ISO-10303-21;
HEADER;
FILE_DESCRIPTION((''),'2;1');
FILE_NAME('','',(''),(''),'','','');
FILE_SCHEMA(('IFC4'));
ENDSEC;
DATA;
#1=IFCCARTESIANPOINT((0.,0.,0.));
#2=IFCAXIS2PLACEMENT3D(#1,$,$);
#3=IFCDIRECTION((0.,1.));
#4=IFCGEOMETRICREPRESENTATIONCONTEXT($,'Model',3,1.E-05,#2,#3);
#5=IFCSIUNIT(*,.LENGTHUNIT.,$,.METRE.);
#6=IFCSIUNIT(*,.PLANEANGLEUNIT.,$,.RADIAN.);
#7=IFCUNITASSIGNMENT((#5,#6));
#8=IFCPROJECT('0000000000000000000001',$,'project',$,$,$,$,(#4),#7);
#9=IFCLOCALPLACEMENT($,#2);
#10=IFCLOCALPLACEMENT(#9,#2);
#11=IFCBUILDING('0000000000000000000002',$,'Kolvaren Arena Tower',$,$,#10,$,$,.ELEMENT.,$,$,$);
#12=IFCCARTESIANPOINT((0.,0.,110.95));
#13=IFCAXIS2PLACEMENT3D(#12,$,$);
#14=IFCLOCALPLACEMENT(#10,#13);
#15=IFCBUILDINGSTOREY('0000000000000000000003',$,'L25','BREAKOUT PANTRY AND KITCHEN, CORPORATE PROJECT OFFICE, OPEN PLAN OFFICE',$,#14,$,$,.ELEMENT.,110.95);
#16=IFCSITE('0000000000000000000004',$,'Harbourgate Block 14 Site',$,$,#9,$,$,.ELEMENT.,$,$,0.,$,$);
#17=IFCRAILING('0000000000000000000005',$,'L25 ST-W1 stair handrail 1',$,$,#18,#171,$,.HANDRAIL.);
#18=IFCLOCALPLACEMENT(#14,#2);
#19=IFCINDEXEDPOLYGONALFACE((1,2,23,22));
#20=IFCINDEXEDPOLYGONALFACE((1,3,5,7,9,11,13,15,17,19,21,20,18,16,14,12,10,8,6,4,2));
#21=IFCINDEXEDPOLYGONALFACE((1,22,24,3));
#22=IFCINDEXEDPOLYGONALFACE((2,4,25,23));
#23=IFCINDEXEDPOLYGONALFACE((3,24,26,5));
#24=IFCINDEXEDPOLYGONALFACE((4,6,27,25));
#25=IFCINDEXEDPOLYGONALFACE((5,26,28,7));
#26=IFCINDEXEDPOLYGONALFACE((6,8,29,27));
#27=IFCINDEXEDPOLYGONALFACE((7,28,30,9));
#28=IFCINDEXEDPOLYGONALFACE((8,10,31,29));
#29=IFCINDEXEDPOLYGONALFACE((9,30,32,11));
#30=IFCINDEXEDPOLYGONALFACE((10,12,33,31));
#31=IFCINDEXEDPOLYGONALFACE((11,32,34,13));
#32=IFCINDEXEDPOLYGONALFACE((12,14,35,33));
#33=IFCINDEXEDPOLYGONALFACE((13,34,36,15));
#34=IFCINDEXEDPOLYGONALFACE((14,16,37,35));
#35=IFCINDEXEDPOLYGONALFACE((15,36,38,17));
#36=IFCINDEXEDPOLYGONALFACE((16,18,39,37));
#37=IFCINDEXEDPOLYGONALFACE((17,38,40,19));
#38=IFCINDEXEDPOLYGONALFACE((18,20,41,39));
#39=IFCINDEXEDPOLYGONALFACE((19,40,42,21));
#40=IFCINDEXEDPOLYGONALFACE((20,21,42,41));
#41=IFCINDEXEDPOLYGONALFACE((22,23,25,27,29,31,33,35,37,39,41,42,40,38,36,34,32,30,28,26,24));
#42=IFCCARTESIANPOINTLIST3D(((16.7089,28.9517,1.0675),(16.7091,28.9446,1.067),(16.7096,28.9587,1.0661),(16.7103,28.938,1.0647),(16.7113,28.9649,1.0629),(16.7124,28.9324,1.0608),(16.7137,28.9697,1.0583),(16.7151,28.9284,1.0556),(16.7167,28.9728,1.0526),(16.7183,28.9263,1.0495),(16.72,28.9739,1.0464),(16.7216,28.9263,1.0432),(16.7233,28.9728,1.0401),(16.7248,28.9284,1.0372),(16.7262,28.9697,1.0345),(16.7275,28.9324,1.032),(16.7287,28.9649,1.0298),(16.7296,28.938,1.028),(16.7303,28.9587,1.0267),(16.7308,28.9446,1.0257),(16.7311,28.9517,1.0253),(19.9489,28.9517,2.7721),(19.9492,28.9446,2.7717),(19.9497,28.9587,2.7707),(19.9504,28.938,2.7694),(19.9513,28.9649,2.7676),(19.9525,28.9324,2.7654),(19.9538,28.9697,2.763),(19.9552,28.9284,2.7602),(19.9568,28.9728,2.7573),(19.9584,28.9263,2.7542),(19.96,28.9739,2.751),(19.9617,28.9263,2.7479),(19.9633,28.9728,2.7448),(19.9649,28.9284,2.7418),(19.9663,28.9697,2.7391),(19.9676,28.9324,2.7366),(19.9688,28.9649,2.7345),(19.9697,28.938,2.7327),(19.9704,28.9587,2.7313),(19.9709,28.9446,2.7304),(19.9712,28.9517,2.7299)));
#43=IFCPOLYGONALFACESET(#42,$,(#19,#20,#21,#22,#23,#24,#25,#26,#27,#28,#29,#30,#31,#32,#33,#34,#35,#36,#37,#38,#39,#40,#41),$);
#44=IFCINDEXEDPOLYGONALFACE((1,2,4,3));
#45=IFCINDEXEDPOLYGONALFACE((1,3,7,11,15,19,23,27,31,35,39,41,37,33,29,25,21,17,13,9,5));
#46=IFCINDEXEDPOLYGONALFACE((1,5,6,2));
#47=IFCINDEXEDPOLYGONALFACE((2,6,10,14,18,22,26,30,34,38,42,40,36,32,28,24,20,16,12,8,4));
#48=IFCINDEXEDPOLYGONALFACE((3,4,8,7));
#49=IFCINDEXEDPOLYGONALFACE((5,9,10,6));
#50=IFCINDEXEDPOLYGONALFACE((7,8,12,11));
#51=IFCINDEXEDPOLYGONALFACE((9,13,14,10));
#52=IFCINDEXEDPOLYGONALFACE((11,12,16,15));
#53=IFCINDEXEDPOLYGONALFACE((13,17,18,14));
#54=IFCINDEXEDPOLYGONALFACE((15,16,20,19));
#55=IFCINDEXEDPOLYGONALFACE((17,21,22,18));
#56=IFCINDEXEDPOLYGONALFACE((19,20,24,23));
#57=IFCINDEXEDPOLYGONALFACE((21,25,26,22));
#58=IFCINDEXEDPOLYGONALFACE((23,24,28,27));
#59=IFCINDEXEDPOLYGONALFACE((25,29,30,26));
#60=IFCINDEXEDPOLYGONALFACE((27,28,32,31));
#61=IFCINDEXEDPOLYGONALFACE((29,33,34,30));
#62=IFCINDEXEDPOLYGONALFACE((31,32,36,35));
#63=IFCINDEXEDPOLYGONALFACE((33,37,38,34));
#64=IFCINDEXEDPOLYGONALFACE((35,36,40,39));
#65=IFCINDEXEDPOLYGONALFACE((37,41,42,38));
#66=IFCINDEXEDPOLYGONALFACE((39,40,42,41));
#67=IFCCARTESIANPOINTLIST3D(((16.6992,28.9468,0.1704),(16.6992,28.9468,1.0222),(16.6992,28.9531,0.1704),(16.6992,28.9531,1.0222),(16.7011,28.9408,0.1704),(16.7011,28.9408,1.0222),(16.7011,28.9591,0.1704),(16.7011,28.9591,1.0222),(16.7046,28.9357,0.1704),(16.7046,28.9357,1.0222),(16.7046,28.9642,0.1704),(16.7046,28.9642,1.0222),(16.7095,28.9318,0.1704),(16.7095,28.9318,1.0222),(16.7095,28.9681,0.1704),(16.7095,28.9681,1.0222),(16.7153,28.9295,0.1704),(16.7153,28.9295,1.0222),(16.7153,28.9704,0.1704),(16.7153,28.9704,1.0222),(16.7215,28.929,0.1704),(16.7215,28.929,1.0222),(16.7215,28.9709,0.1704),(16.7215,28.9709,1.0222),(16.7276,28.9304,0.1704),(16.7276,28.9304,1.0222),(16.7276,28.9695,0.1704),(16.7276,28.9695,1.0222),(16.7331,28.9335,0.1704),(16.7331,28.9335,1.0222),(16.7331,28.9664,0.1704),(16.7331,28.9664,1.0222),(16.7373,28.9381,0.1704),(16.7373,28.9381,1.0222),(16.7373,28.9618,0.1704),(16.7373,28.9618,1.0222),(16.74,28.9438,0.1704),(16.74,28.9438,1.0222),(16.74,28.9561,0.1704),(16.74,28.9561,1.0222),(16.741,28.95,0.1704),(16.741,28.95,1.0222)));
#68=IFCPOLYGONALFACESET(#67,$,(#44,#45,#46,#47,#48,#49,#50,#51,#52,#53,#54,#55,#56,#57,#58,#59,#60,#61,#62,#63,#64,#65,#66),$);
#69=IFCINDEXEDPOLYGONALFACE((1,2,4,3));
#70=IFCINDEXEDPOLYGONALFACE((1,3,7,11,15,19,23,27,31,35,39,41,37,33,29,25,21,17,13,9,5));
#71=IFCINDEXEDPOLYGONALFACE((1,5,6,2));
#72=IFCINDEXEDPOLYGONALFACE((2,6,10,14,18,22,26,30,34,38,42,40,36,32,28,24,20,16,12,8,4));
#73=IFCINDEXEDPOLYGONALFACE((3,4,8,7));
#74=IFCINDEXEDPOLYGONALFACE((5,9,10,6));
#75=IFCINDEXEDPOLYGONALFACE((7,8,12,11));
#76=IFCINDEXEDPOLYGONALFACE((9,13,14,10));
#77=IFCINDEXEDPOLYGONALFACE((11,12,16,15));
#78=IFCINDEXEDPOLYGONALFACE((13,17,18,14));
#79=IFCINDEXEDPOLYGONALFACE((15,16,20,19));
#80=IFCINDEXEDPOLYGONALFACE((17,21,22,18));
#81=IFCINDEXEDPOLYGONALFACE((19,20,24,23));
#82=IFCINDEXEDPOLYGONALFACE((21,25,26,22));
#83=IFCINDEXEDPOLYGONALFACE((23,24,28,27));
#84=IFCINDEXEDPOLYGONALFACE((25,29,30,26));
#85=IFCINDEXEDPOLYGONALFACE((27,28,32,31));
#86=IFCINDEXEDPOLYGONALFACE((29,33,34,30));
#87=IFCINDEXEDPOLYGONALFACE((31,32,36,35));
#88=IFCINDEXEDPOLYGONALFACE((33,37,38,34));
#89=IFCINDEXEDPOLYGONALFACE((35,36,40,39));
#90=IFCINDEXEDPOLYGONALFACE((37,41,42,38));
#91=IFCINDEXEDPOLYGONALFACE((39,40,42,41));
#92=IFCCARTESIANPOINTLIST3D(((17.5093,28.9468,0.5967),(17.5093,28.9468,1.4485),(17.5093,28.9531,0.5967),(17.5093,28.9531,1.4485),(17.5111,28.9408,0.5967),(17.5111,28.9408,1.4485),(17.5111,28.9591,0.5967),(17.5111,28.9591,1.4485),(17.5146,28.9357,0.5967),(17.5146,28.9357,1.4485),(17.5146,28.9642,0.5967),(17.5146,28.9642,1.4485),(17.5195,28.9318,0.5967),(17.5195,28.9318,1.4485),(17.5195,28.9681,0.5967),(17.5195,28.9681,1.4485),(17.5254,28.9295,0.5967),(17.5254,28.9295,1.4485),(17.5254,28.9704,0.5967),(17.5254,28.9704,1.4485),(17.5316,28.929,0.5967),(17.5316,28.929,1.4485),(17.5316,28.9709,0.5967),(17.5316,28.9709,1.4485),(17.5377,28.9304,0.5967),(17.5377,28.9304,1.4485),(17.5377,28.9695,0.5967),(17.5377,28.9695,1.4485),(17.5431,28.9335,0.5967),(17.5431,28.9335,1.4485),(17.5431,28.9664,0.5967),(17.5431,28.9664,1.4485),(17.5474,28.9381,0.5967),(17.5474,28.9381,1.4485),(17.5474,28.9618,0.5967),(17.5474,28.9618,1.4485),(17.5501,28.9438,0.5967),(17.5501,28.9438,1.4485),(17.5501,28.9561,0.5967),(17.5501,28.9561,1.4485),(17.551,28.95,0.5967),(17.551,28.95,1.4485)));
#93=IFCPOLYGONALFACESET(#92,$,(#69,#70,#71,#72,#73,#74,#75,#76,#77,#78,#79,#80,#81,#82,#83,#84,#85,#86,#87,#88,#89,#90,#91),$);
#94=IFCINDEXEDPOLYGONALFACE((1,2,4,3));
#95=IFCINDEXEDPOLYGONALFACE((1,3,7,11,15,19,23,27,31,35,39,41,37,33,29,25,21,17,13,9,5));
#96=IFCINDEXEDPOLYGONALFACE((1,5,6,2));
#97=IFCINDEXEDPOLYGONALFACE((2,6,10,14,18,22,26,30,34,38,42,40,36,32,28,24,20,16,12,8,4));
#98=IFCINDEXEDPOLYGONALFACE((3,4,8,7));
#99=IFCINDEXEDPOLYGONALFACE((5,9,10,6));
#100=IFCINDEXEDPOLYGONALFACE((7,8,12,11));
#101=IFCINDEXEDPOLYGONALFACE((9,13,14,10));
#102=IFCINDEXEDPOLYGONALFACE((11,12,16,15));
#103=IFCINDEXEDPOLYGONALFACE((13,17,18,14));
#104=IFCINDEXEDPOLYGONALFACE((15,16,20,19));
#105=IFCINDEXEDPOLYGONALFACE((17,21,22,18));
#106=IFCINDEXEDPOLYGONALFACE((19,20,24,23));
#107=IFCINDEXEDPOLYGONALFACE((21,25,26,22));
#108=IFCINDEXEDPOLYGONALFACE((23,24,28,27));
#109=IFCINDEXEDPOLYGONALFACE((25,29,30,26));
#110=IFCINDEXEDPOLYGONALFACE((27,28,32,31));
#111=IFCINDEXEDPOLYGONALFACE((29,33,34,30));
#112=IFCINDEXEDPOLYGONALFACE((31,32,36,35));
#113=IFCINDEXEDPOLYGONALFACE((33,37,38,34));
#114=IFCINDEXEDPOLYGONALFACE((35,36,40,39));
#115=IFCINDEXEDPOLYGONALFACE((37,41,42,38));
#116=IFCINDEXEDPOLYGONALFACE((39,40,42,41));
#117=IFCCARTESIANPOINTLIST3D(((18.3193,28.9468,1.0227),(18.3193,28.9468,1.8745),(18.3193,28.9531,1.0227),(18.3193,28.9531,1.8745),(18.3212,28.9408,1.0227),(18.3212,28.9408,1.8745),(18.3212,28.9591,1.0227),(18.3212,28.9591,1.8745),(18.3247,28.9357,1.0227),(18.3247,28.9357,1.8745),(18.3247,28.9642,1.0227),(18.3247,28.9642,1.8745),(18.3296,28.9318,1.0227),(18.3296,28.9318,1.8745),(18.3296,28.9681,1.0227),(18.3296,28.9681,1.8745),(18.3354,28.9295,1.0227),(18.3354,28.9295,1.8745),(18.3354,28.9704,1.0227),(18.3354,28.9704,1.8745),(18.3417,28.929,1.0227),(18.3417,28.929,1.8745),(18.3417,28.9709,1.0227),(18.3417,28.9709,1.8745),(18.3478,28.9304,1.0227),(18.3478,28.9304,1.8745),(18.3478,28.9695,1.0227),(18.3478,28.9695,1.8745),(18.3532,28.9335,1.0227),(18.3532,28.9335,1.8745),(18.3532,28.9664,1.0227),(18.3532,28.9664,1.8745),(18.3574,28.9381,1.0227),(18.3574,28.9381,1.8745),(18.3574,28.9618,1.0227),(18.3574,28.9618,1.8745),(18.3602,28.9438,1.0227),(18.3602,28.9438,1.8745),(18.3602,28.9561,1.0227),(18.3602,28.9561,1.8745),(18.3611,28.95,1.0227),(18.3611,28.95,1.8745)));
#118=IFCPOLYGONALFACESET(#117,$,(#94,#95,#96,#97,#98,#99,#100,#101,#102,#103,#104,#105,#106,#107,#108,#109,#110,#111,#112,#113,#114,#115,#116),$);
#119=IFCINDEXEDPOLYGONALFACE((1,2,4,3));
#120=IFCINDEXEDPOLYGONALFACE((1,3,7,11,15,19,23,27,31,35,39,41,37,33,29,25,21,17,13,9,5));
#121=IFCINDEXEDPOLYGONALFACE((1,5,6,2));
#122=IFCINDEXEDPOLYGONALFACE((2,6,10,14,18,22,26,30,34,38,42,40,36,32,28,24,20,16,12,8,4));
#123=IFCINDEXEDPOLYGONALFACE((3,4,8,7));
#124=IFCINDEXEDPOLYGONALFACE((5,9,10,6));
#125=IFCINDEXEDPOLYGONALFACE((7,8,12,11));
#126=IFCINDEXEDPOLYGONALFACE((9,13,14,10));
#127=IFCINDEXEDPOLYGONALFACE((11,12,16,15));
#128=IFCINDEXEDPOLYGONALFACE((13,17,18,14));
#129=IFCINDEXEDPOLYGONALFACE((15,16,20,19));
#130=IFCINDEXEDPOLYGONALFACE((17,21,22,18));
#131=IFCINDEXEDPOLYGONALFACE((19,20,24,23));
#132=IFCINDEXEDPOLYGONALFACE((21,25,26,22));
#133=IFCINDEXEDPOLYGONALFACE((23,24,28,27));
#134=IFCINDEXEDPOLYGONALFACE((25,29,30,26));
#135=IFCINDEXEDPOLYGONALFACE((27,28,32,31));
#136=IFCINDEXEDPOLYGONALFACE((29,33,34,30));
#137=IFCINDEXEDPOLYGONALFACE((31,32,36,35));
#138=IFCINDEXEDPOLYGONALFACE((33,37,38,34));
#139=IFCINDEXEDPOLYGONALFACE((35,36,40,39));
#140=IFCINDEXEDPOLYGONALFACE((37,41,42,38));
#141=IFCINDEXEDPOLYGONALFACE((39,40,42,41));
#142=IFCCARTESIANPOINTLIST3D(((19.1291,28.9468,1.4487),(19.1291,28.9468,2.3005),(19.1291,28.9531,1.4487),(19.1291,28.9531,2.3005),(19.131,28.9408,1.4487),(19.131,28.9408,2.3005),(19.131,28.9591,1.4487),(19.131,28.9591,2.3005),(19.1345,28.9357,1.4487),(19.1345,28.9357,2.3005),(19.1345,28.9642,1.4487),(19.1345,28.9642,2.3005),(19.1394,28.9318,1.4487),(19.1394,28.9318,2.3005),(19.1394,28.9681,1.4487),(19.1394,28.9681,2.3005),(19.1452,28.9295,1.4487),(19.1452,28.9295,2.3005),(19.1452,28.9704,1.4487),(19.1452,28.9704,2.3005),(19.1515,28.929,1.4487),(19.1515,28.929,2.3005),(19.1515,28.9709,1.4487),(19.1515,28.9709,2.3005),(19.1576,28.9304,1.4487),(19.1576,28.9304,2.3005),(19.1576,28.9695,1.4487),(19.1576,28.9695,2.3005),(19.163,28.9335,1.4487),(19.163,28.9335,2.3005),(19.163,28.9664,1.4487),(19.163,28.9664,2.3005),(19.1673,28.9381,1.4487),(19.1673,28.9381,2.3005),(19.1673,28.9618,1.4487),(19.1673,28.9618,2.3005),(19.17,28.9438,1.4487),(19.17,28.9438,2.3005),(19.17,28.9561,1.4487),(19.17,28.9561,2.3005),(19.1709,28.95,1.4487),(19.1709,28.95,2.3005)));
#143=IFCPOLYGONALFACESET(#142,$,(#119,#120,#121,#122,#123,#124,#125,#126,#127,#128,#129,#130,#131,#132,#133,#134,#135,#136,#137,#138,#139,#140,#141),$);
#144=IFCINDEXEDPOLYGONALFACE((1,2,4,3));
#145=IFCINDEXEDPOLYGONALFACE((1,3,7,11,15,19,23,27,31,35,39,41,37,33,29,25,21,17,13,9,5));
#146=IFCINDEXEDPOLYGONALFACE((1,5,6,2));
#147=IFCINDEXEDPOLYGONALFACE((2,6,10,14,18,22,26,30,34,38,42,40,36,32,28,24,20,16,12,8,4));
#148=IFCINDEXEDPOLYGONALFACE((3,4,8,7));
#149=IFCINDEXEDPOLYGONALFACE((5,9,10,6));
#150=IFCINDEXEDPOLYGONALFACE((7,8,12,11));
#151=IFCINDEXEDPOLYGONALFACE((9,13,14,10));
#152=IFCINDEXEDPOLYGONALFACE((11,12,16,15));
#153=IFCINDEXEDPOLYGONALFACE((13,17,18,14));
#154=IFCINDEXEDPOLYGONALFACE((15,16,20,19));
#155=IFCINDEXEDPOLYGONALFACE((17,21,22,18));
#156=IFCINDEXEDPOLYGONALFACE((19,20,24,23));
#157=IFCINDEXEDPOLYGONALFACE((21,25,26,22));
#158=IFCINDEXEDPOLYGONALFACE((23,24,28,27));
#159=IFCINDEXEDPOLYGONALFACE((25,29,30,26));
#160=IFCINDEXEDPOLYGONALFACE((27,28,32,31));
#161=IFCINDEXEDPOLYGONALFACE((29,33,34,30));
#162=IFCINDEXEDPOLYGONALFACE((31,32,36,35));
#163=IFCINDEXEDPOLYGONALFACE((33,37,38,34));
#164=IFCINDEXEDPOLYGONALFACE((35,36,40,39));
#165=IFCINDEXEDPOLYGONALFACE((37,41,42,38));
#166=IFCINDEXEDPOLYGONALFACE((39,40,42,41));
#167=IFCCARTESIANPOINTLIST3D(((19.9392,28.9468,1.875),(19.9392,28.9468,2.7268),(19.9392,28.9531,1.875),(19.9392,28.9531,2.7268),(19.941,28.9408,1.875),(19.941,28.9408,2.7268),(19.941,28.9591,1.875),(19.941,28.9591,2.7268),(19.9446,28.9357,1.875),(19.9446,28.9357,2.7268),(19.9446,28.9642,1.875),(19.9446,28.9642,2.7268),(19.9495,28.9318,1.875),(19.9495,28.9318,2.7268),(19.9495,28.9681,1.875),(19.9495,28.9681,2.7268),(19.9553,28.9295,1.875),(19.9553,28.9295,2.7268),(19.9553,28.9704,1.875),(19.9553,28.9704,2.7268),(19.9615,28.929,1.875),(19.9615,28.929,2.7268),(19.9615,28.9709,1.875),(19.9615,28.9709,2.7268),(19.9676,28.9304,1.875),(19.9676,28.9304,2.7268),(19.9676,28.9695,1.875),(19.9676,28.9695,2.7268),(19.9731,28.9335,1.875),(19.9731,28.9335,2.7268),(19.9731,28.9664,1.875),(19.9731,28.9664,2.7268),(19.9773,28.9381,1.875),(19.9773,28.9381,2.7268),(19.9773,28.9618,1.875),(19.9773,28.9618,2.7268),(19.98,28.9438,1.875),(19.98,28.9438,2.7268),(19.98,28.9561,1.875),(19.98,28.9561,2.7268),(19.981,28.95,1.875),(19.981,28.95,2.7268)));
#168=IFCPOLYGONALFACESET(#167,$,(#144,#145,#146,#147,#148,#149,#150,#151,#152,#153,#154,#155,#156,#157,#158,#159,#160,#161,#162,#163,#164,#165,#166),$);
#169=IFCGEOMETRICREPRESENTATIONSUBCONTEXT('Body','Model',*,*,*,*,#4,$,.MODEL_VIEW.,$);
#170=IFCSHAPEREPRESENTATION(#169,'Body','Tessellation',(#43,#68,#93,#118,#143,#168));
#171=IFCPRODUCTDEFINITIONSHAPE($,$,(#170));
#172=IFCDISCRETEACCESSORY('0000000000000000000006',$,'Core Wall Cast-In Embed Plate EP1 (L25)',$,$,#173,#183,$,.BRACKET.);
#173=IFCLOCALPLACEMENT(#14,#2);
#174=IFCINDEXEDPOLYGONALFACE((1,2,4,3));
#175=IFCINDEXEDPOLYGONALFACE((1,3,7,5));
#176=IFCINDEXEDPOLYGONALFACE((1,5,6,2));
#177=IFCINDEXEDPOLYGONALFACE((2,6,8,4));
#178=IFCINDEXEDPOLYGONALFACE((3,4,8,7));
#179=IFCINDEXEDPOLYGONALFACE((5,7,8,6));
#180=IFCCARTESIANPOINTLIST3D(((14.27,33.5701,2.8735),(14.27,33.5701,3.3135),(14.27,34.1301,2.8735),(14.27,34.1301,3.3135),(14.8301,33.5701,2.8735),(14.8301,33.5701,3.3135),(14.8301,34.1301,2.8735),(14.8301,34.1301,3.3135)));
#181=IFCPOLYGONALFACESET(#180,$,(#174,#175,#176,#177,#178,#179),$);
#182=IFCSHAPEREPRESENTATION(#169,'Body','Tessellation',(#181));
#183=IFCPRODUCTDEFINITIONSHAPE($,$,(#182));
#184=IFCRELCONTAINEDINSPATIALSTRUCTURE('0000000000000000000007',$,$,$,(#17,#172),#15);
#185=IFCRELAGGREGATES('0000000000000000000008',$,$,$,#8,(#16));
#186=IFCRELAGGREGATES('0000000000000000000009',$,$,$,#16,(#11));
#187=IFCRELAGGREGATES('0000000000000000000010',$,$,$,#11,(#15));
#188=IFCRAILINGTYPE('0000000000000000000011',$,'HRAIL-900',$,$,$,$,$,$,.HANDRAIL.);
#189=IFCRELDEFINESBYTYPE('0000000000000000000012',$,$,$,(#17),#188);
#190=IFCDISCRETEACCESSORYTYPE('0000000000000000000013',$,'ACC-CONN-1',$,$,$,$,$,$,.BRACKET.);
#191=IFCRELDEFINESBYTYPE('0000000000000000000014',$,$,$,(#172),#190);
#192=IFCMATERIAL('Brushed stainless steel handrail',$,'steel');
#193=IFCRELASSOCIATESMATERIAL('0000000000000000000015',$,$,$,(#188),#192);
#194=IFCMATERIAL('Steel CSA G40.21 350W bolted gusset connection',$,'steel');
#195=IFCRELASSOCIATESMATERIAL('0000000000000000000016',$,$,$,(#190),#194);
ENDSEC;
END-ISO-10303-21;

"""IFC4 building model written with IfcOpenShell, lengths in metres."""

from ifc_helpers import new_model, si_unit, direction, frame, origin, origin_2d, place, context, subcontext, project, spatial, rectangle, circle, extrude, material, type_object, element, save


model = new_model("IFC4")

# Units and contexts
model_context = context("Model", 3, precision=1e-05, world=origin(), true_north=direction((0.0, 1.0)))
body_context = subcontext(model_context, "Body", "Model", "MODEL_VIEW")
ifc_project = project(units=[si_unit("LENGTHUNIT", "METRE"), si_unit("PLANEANGLEUNIT", "RADIAN")], contexts=[model_context])

# Site, building, storey
site_placement = place(None, origin())
site = spatial("IfcSite", under=ifc_project, at=site_placement, Name="Harbourgate Block 14 Site", CompositionType="ELEMENT", RefElevation=0.0)
building_placement = place(site_placement, origin())
building = spatial("IfcBuilding", under=site, at=building_placement, Name="Kolvaren Arena Tower", CompositionType="ELEMENT")
storey_placement = place(building_placement, frame((0.0, 0.0, 110.95)))
storey = spatial("IfcBuildingStorey", under=building, at=storey_placement, Name="L25", Description="BREAKOUT PANTRY AND KITCHEN, CORPORATE PROJECT OFFICE, OPEN PLAN OFFICE", CompositionType="ELEMENT", Elevation=110.95)

# Railing
ifc_material_1 = material(Name="Brushed stainless steel handrail", Category="steel")
railing_type_1 = type_object("IfcRailingType", Name="HRAIL-900", PredefinedType="HANDRAIL", material=ifc_material_1)
railing_1_placement = place(storey_placement, frame((16.72, 28.95, 0.1704)))
element("IfcRailing", 1, at=railing_1_placement, inside=storey, type_object=railing_type_1, Name="L25 ST-W1 stair handrail 1", PredefinedType="HANDRAIL", context=body_context, shape_type="SweptSolid", body=[
    extrude(circle(Radius=0.0239, at=origin_2d()), frame((0.0, 0.0, 0.876), z_axis=(0.884993, 0.0, 0.465604), x_axis=(0.0, 1.0, 0.0)), (0.0, 0.0, 1.0), 3.6611),
    extrude(circle(Radius=0.021, at=origin_2d()), origin(), (0.0, 0.0, 1.0), 0.8518),
    extrude(circle(Radius=0.021, at=origin_2d()), frame((0.8101, 0.0, 0.4263)), (0.0, 0.0, 1.0), 0.8518),
    extrude(circle(Radius=0.021, at=origin_2d()), frame((1.6201, 0.0, 0.8523)), (0.0, 0.0, 1.0), 0.8518),
    extrude(circle(Radius=0.021, at=origin_2d()), frame((2.4299, 0.0, 1.2783)), (0.0, 0.0, 1.0), 0.8518),
    extrude(circle(Radius=0.021, at=origin_2d()), frame((3.24, 0.0, 1.7046)), (0.0, 0.0, 1.0), 0.8518),
])

# Discrete accessory
ifc_material_2 = material(Name="Steel CSA G40.21 350W bolted gusset connection", Category="steel")
discrete_accessory_type = type_object("IfcDiscreteAccessoryType", Name="ACC-CONN-1", PredefinedType="BRACKET", material=ifc_material_2)
discrete_accessory_placement = place(storey_placement, frame((14.55, 33.8501, 2.8735), z_axis=(0.0, 0.0, 1.0), x_axis=(1.0, 0.0, 0.0)))
element("IfcDiscreteAccessory", 2, at=discrete_accessory_placement, inside=storey, type_object=discrete_accessory_type, Name="Core Wall Cast-In Embed Plate EP1 (L25)", PredefinedType="BRACKET", context=body_context, shape_type="SweptSolid", body=[
    extrude(rectangle(XDim=0.5601, YDim=0.5601, at=origin_2d()), origin(), (0.0, 0.0, 1.0), 0.4399),
])

save(model, "model.ifc")
